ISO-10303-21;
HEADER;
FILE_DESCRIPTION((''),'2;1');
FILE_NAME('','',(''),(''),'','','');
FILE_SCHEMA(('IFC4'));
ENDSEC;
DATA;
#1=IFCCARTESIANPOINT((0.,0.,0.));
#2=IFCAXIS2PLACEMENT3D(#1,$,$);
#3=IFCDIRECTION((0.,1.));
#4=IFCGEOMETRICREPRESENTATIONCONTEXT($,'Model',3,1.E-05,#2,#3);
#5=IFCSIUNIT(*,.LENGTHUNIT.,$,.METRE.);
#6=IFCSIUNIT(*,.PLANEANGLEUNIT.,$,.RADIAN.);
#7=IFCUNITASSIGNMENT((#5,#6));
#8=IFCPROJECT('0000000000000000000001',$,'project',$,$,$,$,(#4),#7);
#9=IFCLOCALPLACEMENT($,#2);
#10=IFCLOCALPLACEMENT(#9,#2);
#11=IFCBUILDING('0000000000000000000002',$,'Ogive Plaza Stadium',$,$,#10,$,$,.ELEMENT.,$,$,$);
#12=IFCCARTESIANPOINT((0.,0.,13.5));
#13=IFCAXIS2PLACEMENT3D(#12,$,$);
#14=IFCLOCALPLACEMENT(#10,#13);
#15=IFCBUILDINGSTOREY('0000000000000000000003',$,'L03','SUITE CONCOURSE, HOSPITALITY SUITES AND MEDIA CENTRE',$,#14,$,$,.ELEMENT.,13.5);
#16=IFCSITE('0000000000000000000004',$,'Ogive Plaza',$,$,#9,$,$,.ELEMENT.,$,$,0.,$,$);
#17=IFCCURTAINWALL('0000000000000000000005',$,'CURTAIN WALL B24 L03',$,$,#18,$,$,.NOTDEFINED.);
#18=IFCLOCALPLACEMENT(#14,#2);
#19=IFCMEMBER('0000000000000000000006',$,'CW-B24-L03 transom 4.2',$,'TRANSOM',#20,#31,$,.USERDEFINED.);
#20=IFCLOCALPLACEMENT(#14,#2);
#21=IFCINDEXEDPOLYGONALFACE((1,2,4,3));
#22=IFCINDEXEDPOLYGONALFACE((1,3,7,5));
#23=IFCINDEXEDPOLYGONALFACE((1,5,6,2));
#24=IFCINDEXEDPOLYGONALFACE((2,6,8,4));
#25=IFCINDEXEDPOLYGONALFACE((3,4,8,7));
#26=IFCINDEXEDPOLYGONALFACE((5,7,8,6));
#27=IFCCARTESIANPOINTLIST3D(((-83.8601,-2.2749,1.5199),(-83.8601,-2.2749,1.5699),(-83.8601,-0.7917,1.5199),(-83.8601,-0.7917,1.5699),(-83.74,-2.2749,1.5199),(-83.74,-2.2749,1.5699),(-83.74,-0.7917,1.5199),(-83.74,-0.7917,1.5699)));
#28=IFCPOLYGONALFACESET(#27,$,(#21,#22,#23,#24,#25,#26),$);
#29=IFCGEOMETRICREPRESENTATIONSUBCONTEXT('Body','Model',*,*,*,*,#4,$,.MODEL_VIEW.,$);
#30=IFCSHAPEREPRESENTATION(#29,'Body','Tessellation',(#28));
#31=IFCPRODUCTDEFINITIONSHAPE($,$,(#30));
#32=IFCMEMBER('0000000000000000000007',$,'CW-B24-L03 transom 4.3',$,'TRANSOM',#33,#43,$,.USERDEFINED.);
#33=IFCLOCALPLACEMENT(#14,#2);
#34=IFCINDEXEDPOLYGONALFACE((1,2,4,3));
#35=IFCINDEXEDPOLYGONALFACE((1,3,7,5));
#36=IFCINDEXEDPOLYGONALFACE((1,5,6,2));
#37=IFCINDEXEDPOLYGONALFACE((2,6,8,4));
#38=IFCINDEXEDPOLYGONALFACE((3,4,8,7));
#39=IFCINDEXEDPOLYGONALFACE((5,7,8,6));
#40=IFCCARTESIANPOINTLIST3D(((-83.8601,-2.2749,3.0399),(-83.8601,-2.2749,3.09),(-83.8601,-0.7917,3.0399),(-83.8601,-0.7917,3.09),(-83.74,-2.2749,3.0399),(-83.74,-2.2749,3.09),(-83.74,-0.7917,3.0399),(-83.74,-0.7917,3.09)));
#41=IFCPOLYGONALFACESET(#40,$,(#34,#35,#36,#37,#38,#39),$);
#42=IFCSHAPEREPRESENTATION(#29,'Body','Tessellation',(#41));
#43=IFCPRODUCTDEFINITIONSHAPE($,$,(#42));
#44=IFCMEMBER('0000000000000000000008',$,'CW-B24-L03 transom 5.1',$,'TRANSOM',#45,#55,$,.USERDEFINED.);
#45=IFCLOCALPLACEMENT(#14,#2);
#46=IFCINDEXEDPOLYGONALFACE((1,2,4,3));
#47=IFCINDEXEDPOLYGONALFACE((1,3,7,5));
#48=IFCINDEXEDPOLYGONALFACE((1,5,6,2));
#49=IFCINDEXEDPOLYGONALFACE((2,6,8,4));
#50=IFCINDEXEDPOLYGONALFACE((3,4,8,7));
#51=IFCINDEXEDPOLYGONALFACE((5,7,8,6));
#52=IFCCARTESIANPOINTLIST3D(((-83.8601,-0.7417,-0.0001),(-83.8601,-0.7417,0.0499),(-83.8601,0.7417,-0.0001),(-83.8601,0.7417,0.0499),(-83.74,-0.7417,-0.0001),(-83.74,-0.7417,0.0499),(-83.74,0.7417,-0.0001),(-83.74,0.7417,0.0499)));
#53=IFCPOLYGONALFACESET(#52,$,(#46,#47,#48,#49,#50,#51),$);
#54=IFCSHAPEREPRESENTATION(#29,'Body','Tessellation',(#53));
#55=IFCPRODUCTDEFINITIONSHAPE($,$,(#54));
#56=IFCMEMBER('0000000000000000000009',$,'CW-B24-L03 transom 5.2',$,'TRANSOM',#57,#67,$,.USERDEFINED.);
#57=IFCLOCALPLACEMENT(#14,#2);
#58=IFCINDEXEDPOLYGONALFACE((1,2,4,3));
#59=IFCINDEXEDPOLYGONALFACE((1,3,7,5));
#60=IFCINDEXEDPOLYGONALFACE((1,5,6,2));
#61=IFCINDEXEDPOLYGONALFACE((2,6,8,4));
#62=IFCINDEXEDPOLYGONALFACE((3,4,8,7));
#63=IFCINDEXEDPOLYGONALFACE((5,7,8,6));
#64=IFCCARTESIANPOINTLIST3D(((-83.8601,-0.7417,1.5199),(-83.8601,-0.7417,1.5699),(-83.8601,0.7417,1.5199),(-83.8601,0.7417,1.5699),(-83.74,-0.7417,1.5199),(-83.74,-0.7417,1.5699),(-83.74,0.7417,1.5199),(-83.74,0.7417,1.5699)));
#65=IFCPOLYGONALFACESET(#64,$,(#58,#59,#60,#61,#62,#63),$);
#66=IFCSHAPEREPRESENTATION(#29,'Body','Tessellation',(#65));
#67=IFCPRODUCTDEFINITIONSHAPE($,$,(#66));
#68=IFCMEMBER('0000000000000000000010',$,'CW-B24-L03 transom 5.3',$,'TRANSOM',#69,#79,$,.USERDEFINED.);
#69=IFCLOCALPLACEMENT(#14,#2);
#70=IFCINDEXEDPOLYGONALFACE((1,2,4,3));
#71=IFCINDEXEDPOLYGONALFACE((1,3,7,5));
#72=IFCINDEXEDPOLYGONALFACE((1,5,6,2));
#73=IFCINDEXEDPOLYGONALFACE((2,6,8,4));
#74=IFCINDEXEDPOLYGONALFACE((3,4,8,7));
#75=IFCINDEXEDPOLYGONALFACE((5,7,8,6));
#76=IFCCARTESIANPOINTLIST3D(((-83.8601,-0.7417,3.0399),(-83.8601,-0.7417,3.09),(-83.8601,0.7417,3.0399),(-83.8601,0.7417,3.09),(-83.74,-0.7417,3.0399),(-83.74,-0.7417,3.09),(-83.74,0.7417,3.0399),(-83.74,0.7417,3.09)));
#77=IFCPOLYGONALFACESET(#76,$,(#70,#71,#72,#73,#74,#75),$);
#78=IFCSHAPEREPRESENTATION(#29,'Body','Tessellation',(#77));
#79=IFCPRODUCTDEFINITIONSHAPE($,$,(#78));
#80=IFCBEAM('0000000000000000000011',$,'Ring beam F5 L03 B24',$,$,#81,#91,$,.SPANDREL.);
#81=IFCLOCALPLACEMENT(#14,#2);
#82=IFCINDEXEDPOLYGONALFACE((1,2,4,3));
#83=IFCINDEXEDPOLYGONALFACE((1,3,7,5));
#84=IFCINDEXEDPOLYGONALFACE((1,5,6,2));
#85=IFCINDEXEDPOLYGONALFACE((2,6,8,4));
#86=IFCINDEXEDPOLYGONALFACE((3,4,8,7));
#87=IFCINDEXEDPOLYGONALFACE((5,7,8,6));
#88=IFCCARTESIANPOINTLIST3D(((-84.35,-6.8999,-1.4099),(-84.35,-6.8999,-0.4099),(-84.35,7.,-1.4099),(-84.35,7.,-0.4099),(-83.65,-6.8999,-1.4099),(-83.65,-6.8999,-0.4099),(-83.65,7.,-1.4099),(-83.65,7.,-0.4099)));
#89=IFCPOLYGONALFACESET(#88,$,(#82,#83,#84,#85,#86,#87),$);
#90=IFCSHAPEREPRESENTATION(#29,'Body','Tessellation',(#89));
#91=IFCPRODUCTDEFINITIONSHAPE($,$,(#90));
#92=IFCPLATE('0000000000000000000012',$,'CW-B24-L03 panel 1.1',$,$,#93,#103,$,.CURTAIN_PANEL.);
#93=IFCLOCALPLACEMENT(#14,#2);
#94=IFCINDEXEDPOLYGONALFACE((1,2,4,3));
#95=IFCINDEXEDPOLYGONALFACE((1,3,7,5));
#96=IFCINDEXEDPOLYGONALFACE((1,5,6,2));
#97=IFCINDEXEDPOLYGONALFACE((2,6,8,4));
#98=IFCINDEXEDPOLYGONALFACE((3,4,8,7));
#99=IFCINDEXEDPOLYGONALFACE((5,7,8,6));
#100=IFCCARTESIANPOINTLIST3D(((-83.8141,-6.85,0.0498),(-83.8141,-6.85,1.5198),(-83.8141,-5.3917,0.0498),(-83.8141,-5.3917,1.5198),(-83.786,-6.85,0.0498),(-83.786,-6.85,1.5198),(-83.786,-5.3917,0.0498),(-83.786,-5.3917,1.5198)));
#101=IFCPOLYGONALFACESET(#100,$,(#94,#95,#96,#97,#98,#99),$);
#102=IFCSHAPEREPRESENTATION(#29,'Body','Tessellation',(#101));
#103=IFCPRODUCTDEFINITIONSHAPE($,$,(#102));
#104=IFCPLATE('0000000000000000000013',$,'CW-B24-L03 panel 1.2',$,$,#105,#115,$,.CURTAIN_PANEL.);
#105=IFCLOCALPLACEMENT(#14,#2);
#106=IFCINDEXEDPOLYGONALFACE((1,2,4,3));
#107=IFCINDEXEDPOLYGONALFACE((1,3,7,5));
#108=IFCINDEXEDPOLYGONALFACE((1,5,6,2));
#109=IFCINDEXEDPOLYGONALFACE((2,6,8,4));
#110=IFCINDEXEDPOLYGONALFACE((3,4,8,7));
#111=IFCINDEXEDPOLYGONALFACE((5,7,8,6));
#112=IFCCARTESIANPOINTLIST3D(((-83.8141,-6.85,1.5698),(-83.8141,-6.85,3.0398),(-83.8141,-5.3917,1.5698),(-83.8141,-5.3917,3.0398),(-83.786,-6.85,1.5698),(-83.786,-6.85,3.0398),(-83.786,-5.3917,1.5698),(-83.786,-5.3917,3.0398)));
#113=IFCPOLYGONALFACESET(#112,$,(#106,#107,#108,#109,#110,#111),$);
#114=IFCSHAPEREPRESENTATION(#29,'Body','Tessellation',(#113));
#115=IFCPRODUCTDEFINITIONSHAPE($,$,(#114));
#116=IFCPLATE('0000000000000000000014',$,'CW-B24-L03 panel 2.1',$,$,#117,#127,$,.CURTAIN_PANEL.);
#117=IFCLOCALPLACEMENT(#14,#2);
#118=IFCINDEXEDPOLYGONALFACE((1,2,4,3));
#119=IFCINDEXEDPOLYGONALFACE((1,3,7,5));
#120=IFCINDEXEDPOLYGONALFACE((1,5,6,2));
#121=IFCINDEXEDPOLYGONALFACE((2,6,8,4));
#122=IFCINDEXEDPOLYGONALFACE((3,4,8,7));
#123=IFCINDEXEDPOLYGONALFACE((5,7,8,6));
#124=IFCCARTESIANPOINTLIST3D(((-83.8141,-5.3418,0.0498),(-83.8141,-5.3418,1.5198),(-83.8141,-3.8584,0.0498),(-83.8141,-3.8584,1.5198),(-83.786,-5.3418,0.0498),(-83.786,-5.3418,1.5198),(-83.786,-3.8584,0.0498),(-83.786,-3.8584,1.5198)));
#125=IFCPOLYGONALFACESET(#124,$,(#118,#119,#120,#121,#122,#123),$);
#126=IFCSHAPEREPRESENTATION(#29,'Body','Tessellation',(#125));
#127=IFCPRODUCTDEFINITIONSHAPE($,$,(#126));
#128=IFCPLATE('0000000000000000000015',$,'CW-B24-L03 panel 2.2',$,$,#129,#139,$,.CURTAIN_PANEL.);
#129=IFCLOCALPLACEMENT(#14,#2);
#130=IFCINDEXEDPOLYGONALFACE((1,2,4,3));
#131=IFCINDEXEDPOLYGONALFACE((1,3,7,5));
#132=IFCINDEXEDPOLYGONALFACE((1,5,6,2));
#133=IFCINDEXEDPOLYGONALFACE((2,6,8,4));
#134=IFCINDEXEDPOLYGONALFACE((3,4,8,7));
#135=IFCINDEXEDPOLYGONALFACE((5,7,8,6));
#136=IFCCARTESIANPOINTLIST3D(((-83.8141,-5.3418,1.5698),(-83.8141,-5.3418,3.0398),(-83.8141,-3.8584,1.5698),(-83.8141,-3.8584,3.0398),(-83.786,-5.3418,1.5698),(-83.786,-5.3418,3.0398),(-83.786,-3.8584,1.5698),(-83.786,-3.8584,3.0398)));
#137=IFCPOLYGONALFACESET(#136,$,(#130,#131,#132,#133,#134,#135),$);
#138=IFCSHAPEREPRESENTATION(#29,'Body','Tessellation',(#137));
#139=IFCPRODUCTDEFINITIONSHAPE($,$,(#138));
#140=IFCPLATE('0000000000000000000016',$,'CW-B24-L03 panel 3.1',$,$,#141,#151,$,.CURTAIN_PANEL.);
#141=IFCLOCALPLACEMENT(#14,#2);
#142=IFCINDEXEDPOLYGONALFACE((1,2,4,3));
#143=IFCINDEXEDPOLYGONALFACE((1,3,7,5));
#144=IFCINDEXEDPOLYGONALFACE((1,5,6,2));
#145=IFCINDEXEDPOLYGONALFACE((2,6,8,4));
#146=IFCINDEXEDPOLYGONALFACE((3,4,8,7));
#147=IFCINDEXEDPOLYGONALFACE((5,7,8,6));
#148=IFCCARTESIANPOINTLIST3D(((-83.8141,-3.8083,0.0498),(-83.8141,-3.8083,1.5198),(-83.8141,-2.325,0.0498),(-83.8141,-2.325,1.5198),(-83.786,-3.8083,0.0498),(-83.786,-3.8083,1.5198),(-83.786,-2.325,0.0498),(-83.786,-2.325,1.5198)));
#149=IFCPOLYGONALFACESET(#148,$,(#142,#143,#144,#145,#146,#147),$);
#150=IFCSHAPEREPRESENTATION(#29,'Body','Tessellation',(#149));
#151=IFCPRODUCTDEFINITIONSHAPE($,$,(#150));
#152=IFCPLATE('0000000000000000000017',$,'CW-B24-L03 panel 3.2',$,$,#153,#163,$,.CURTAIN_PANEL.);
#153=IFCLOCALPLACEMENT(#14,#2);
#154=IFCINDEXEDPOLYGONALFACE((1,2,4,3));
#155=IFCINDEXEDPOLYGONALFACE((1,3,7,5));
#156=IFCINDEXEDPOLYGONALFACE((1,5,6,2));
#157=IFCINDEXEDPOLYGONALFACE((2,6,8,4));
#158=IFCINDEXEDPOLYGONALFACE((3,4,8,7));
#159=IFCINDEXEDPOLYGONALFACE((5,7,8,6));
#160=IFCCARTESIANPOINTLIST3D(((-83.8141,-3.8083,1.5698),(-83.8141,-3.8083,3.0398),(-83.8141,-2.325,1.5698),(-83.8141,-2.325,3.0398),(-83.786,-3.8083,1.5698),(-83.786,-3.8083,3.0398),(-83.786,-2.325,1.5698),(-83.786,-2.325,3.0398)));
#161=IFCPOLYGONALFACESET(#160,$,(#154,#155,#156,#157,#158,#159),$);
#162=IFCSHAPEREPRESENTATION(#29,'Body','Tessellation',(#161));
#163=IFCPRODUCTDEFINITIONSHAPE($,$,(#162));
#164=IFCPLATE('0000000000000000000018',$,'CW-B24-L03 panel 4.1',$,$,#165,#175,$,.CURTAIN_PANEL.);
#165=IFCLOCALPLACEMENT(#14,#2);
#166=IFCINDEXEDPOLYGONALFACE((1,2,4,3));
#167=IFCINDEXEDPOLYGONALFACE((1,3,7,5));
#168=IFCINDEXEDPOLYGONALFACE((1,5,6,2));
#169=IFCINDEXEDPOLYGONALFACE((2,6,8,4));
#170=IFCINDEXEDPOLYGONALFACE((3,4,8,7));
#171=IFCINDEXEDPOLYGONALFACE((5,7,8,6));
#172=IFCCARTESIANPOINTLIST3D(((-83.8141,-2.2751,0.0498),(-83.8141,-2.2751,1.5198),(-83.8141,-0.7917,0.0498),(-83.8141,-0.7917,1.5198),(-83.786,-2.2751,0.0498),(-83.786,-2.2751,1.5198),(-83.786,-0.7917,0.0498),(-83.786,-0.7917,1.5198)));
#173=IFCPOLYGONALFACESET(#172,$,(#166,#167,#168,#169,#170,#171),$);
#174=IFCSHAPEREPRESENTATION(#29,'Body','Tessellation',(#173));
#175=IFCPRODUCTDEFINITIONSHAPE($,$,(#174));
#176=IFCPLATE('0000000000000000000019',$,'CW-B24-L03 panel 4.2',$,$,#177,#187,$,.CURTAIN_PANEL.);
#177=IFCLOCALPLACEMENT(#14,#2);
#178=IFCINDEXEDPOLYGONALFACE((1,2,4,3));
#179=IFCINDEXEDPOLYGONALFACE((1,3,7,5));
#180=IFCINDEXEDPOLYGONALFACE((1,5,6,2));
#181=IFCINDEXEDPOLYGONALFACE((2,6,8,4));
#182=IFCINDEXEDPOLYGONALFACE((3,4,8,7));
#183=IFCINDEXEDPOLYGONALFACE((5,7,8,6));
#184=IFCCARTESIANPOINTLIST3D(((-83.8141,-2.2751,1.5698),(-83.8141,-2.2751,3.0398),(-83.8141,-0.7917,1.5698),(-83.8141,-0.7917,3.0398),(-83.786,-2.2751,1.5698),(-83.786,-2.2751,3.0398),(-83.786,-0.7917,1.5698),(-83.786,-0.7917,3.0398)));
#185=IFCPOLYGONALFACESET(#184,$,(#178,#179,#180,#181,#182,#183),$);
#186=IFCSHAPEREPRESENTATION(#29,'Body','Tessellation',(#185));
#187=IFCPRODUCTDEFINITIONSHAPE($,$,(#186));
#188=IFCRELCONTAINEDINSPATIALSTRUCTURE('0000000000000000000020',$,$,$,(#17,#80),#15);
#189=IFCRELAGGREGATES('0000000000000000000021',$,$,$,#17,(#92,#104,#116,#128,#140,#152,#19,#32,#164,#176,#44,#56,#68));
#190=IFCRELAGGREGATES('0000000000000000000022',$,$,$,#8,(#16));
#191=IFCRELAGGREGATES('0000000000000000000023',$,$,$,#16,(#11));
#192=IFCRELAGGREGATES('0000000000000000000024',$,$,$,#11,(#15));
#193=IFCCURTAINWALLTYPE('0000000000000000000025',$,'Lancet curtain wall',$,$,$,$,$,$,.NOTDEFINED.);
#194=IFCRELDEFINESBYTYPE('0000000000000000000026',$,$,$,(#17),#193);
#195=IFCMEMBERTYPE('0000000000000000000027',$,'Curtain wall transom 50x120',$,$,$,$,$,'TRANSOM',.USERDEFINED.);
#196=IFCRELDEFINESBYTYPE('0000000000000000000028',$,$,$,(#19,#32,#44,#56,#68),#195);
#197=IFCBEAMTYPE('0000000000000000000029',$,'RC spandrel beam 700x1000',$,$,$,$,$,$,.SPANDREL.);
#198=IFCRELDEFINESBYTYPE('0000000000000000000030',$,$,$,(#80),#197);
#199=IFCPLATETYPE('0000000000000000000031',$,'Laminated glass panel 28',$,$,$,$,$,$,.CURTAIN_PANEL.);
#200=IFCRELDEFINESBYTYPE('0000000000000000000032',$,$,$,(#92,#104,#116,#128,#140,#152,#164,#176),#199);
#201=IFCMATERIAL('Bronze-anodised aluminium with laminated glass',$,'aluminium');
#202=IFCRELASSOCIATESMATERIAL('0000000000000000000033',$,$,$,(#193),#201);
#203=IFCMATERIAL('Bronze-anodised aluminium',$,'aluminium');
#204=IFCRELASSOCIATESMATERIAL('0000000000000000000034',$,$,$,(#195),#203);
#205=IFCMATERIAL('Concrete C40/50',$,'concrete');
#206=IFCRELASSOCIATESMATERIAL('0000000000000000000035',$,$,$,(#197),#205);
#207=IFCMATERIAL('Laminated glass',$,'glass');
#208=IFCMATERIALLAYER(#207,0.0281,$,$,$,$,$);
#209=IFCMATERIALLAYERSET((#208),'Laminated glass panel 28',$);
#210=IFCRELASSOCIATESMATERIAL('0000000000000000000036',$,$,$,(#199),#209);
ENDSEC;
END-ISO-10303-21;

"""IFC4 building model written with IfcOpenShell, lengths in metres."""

from ifc_helpers import new_model, si_unit, direction, frame, origin, origin_2d, place, context, subcontext, project, spatial, rectangle, extrude, material, layer, layer_set, material_profile, profile_set, type_object, element, aggregate, save


model = new_model("IFC4")

# Units and contexts
model_context = context("Model", 3, precision=1e-05, world=origin(), true_north=direction((0.0, 1.0)))
body_context = subcontext(model_context, "Body", "Model", "MODEL_VIEW")
ifc_project = project(units=[si_unit("LENGTHUNIT", "METRE"), si_unit("PLANEANGLEUNIT", "RADIAN")], contexts=[model_context])

# Site, building, storey
site_placement = place(None, origin())
site = spatial("IfcSite", under=ifc_project, at=site_placement, Name="Ogive Plaza", CompositionType="ELEMENT", RefElevation=0.0)
building_placement = place(site_placement, origin())
building = spatial("IfcBuilding", under=site, at=building_placement, Name="Ogive Plaza Stadium", CompositionType="ELEMENT")
storey_placement = place(building_placement, frame((0.0, 0.0, 13.5)))
storey = spatial("IfcBuildingStorey", under=building, at=storey_placement, Name="L03", Description="SUITE CONCOURSE, HOSPITALITY SUITES AND MEDIA CENTRE", CompositionType="ELEMENT", Elevation=13.5)

# Curtain wall, members
ifc_material_1 = material(Name="Bronze-anodised aluminium with laminated glass", Category="aluminium")
curtain_wall_type = type_object("IfcCurtainWallType", Name="Lancet curtain wall", PredefinedType="NOTDEFINED", material=ifc_material_1)
curtain_wall_placement = place(storey_placement, origin())
curtain_wall = element("IfcCurtainWall", 1, at=curtain_wall_placement, inside=storey, type_object=curtain_wall_type, Name="CURTAIN WALL B24 L03", PredefinedType="NOTDEFINED")
ifc_material_2 = material(Name="Bronze-anodised aluminium", Category="aluminium")
ifc_material_profile_1 = material_profile(ifc_material_2, rectangle(XDim=0.1201, YDim=0.05, at=origin_2d()), Name="AL 120x50")
ifc_profile_set_1 = profile_set([ifc_material_profile_1], Name="Bronze-anodised aluminium")
member_type_1 = type_object("IfcMemberType", Name="Curtain wall transom 50x120", ElementType="TRANSOM", PredefinedType="USERDEFINED", material=ifc_profile_set_1)
member_1_placement = place(storey_placement, frame((-83.8, -2.2749, 1.5449), z_axis=(0.0, 1.0, 0.0), x_axis=(-1.0, 0.0, 0.0)))
member_1 = element("IfcMember", 2, at=member_1_placement, type_object=member_type_1, Name="CW-B24-L03 transom 4.2", ObjectType="TRANSOM", PredefinedType="USERDEFINED", context=body_context, shape_type="SweptSolid", body=[
    extrude(rectangle(XDim=0.1201, YDim=0.05, at=origin_2d()), origin(), (0.0, 0.0, 1.0), 1.4832),
])
member_2_placement = place(storey_placement, frame((-83.8, -2.2749, 3.0649), z_axis=(0.0, 1.0, 0.0), x_axis=(-1.0, 0.0, 0.0)))
member_2 = element("IfcMember", 3, at=member_2_placement, type_object=member_type_1, Name="CW-B24-L03 transom 4.3", ObjectType="TRANSOM", PredefinedType="USERDEFINED", context=body_context, shape_type="SweptSolid", body=[
    extrude(rectangle(XDim=0.1201, YDim=0.05, at=origin_2d()), origin(), (0.0, 0.0, 1.0), 1.4832),
])
member_3_placement = place(storey_placement, frame((-83.8, -0.7417, 0.0249), z_axis=(0.0, 1.0, 0.0), x_axis=(-1.0, 0.0, 0.0)))
member_3 = element("IfcMember", 4, at=member_3_placement, type_object=member_type_1, Name="CW-B24-L03 transom 5.1", ObjectType="TRANSOM", PredefinedType="USERDEFINED", context=body_context, shape_type="SweptSolid", body=[
    extrude(rectangle(XDim=0.1201, YDim=0.05, at=origin_2d()), origin(), (0.0, 0.0, 1.0), 1.4834),
])
member_4_placement = place(storey_placement, frame((-83.8, -0.7417, 1.5449), z_axis=(0.0, 1.0, 0.0), x_axis=(-1.0, 0.0, 0.0)))
member_4 = element("IfcMember", 5, at=member_4_placement, type_object=member_type_1, Name="CW-B24-L03 transom 5.2", ObjectType="TRANSOM", PredefinedType="USERDEFINED", context=body_context, shape_type="SweptSolid", body=[
    extrude(rectangle(XDim=0.1201, YDim=0.05, at=origin_2d()), origin(), (0.0, 0.0, 1.0), 1.4834),
])
member_5_placement = place(storey_placement, frame((-83.8, -0.7417, 3.0649), z_axis=(0.0, 1.0, 0.0), x_axis=(-1.0, 0.0, 0.0)))
member_5 = element("IfcMember", 6, at=member_5_placement, type_object=member_type_1, Name="CW-B24-L03 transom 5.3", ObjectType="TRANSOM", PredefinedType="USERDEFINED", context=body_context, shape_type="SweptSolid", body=[
    extrude(rectangle(XDim=0.1201, YDim=0.05, at=origin_2d()), origin(), (0.0, 0.0, 1.0), 1.4834),
])

# Beam
ifc_material_3 = material(Name="Concrete C40/50", Category="concrete")
ifc_material_profile_2 = material_profile(ifc_material_3, rectangle(XDim=0.7, YDim=1.0, at=origin_2d()), Name="RC 700x1000")
ifc_profile_set_2 = profile_set([ifc_material_profile_2], Name="Concrete C40/50")
beam_type = type_object("IfcBeamType", Name="RC spandrel beam 700x1000", PredefinedType="SPANDREL", material=ifc_profile_set_2)
beam_placement = place(storey_placement, frame((-84.0, -6.8999, -0.9099), z_axis=(0.0, 1.0, 0.0), x_axis=(-1.0, 0.0, 0.0)))
element("IfcBeam", 7, at=beam_placement, inside=storey, type_object=beam_type, Name="Ring beam F5 L03 B24", PredefinedType="SPANDREL", context=body_context, shape_type="SweptSolid", body=[
    extrude(rectangle(XDim=0.7, YDim=1.0, at=origin_2d()), origin(), (0.0, 0.0, 1.0), 13.8999),
])

# Plates
ifc_material_4 = material(Name="Laminated glass", Category="glass")
ifc_layer_1 = layer(ifc_material_4, 0.0281)
ifc_layer_set_1 = layer_set([ifc_layer_1], Name="Laminated glass panel 28")
plate_type = type_object("IfcPlateType", Name="Laminated glass panel 28", PredefinedType="CURTAIN_PANEL", material=ifc_layer_set_1)
plate_1_placement = place(storey_placement, frame((-83.8, -6.1208, 0.0498), z_axis=(0.0, 0.0, 1.0), x_axis=(0.0, 1.0, 0.0)))
plate_1 = element("IfcPlate", 8, at=plate_1_placement, type_object=plate_type, Name="CW-B24-L03 panel 1.1", PredefinedType="CURTAIN_PANEL", context=body_context, shape_type="SweptSolid", body=[
    extrude(rectangle(XDim=1.4583, YDim=0.0281, at=origin_2d()), origin(), (0.0, 0.0, 1.0), 1.47),
])
plate_2_placement = place(storey_placement, frame((-83.8, -6.1208, 1.5698), z_axis=(0.0, 0.0, 1.0), x_axis=(0.0, 1.0, 0.0)))
plate_2 = element("IfcPlate", 9, at=plate_2_placement, type_object=plate_type, Name="CW-B24-L03 panel 1.2", PredefinedType="CURTAIN_PANEL", context=body_context, shape_type="SweptSolid", body=[
    extrude(rectangle(XDim=1.4583, YDim=0.0281, at=origin_2d()), origin(), (0.0, 0.0, 1.0), 1.47),
])
plate_3_placement = place(storey_placement, frame((-83.8, -4.6001, 0.0498), z_axis=(0.0, 0.0, 1.0), x_axis=(0.0, 1.0, 0.0)))
plate_3 = element("IfcPlate", 10, at=plate_3_placement, type_object=plate_type, Name="CW-B24-L03 panel 2.1", PredefinedType="CURTAIN_PANEL", context=body_context, shape_type="SweptSolid", body=[
    extrude(rectangle(XDim=1.4834, YDim=0.0281, at=origin_2d()), origin(), (0.0, 0.0, 1.0), 1.47),
])
plate_4_placement = place(storey_placement, frame((-83.8, -4.6001, 1.5698), z_axis=(0.0, 0.0, 1.0), x_axis=(0.0, 1.0, 0.0)))
plate_4 = element("IfcPlate", 11, at=plate_4_placement, type_object=plate_type, Name="CW-B24-L03 panel 2.2", PredefinedType="CURTAIN_PANEL", context=body_context, shape_type="SweptSolid", body=[
    extrude(rectangle(XDim=1.4834, YDim=0.0281, at=origin_2d()), origin(), (0.0, 0.0, 1.0), 1.47),
])
plate_5_placement = place(storey_placement, frame((-83.8, -3.0667, 0.0498), z_axis=(0.0, 0.0, 1.0), x_axis=(0.0, 1.0, 0.0)))
plate_5 = element("IfcPlate", 12, at=plate_5_placement, type_object=plate_type, Name="CW-B24-L03 panel 3.1", PredefinedType="CURTAIN_PANEL", context=body_context, shape_type="SweptSolid", body=[
    extrude(rectangle(XDim=1.4834, YDim=0.0281, at=origin_2d()), origin(), (0.0, 0.0, 1.0), 1.47),
])
plate_6_placement = place(storey_placement, frame((-83.8, -3.0667, 1.5698), z_axis=(0.0, 0.0, 1.0), x_axis=(0.0, 1.0, 0.0)))
plate_6 = element("IfcPlate", 13, at=plate_6_placement, type_object=plate_type, Name="CW-B24-L03 panel 3.2", PredefinedType="CURTAIN_PANEL", context=body_context, shape_type="SweptSolid", body=[
    extrude(rectangle(XDim=1.4834, YDim=0.0281, at=origin_2d()), origin(), (0.0, 0.0, 1.0), 1.47),
])
plate_7_placement = place(storey_placement, frame((-83.8, -1.5334, 0.0498), z_axis=(0.0, 0.0, 1.0), x_axis=(0.0, 1.0, 0.0)))
plate_7 = element("IfcPlate", 14, at=plate_7_placement, type_object=plate_type, Name="CW-B24-L03 panel 4.1", PredefinedType="CURTAIN_PANEL", context=body_context, shape_type="SweptSolid", body=[
    extrude(rectangle(XDim=1.4834, YDim=0.0281, at=origin_2d()), origin(), (0.0, 0.0, 1.0), 1.47),
])
plate_8_placement = place(storey_placement, frame((-83.8, -1.5334, 1.5698), z_axis=(0.0, 0.0, 1.0), x_axis=(0.0, 1.0, 0.0)))
plate_8 = element("IfcPlate", 15, at=plate_8_placement, type_object=plate_type, Name="CW-B24-L03 panel 4.2", PredefinedType="CURTAIN_PANEL", context=body_context, shape_type="SweptSolid", body=[
    extrude(rectangle(XDim=1.4834, YDim=0.0281, at=origin_2d()), origin(), (0.0, 0.0, 1.0), 1.47),
])
aggregate(curtain_wall, [plate_1, plate_2, plate_3, plate_4, plate_5, plate_6, member_1, member_2, plate_7, plate_8, member_3, member_4, member_5])

save(model, "model.ifc")
